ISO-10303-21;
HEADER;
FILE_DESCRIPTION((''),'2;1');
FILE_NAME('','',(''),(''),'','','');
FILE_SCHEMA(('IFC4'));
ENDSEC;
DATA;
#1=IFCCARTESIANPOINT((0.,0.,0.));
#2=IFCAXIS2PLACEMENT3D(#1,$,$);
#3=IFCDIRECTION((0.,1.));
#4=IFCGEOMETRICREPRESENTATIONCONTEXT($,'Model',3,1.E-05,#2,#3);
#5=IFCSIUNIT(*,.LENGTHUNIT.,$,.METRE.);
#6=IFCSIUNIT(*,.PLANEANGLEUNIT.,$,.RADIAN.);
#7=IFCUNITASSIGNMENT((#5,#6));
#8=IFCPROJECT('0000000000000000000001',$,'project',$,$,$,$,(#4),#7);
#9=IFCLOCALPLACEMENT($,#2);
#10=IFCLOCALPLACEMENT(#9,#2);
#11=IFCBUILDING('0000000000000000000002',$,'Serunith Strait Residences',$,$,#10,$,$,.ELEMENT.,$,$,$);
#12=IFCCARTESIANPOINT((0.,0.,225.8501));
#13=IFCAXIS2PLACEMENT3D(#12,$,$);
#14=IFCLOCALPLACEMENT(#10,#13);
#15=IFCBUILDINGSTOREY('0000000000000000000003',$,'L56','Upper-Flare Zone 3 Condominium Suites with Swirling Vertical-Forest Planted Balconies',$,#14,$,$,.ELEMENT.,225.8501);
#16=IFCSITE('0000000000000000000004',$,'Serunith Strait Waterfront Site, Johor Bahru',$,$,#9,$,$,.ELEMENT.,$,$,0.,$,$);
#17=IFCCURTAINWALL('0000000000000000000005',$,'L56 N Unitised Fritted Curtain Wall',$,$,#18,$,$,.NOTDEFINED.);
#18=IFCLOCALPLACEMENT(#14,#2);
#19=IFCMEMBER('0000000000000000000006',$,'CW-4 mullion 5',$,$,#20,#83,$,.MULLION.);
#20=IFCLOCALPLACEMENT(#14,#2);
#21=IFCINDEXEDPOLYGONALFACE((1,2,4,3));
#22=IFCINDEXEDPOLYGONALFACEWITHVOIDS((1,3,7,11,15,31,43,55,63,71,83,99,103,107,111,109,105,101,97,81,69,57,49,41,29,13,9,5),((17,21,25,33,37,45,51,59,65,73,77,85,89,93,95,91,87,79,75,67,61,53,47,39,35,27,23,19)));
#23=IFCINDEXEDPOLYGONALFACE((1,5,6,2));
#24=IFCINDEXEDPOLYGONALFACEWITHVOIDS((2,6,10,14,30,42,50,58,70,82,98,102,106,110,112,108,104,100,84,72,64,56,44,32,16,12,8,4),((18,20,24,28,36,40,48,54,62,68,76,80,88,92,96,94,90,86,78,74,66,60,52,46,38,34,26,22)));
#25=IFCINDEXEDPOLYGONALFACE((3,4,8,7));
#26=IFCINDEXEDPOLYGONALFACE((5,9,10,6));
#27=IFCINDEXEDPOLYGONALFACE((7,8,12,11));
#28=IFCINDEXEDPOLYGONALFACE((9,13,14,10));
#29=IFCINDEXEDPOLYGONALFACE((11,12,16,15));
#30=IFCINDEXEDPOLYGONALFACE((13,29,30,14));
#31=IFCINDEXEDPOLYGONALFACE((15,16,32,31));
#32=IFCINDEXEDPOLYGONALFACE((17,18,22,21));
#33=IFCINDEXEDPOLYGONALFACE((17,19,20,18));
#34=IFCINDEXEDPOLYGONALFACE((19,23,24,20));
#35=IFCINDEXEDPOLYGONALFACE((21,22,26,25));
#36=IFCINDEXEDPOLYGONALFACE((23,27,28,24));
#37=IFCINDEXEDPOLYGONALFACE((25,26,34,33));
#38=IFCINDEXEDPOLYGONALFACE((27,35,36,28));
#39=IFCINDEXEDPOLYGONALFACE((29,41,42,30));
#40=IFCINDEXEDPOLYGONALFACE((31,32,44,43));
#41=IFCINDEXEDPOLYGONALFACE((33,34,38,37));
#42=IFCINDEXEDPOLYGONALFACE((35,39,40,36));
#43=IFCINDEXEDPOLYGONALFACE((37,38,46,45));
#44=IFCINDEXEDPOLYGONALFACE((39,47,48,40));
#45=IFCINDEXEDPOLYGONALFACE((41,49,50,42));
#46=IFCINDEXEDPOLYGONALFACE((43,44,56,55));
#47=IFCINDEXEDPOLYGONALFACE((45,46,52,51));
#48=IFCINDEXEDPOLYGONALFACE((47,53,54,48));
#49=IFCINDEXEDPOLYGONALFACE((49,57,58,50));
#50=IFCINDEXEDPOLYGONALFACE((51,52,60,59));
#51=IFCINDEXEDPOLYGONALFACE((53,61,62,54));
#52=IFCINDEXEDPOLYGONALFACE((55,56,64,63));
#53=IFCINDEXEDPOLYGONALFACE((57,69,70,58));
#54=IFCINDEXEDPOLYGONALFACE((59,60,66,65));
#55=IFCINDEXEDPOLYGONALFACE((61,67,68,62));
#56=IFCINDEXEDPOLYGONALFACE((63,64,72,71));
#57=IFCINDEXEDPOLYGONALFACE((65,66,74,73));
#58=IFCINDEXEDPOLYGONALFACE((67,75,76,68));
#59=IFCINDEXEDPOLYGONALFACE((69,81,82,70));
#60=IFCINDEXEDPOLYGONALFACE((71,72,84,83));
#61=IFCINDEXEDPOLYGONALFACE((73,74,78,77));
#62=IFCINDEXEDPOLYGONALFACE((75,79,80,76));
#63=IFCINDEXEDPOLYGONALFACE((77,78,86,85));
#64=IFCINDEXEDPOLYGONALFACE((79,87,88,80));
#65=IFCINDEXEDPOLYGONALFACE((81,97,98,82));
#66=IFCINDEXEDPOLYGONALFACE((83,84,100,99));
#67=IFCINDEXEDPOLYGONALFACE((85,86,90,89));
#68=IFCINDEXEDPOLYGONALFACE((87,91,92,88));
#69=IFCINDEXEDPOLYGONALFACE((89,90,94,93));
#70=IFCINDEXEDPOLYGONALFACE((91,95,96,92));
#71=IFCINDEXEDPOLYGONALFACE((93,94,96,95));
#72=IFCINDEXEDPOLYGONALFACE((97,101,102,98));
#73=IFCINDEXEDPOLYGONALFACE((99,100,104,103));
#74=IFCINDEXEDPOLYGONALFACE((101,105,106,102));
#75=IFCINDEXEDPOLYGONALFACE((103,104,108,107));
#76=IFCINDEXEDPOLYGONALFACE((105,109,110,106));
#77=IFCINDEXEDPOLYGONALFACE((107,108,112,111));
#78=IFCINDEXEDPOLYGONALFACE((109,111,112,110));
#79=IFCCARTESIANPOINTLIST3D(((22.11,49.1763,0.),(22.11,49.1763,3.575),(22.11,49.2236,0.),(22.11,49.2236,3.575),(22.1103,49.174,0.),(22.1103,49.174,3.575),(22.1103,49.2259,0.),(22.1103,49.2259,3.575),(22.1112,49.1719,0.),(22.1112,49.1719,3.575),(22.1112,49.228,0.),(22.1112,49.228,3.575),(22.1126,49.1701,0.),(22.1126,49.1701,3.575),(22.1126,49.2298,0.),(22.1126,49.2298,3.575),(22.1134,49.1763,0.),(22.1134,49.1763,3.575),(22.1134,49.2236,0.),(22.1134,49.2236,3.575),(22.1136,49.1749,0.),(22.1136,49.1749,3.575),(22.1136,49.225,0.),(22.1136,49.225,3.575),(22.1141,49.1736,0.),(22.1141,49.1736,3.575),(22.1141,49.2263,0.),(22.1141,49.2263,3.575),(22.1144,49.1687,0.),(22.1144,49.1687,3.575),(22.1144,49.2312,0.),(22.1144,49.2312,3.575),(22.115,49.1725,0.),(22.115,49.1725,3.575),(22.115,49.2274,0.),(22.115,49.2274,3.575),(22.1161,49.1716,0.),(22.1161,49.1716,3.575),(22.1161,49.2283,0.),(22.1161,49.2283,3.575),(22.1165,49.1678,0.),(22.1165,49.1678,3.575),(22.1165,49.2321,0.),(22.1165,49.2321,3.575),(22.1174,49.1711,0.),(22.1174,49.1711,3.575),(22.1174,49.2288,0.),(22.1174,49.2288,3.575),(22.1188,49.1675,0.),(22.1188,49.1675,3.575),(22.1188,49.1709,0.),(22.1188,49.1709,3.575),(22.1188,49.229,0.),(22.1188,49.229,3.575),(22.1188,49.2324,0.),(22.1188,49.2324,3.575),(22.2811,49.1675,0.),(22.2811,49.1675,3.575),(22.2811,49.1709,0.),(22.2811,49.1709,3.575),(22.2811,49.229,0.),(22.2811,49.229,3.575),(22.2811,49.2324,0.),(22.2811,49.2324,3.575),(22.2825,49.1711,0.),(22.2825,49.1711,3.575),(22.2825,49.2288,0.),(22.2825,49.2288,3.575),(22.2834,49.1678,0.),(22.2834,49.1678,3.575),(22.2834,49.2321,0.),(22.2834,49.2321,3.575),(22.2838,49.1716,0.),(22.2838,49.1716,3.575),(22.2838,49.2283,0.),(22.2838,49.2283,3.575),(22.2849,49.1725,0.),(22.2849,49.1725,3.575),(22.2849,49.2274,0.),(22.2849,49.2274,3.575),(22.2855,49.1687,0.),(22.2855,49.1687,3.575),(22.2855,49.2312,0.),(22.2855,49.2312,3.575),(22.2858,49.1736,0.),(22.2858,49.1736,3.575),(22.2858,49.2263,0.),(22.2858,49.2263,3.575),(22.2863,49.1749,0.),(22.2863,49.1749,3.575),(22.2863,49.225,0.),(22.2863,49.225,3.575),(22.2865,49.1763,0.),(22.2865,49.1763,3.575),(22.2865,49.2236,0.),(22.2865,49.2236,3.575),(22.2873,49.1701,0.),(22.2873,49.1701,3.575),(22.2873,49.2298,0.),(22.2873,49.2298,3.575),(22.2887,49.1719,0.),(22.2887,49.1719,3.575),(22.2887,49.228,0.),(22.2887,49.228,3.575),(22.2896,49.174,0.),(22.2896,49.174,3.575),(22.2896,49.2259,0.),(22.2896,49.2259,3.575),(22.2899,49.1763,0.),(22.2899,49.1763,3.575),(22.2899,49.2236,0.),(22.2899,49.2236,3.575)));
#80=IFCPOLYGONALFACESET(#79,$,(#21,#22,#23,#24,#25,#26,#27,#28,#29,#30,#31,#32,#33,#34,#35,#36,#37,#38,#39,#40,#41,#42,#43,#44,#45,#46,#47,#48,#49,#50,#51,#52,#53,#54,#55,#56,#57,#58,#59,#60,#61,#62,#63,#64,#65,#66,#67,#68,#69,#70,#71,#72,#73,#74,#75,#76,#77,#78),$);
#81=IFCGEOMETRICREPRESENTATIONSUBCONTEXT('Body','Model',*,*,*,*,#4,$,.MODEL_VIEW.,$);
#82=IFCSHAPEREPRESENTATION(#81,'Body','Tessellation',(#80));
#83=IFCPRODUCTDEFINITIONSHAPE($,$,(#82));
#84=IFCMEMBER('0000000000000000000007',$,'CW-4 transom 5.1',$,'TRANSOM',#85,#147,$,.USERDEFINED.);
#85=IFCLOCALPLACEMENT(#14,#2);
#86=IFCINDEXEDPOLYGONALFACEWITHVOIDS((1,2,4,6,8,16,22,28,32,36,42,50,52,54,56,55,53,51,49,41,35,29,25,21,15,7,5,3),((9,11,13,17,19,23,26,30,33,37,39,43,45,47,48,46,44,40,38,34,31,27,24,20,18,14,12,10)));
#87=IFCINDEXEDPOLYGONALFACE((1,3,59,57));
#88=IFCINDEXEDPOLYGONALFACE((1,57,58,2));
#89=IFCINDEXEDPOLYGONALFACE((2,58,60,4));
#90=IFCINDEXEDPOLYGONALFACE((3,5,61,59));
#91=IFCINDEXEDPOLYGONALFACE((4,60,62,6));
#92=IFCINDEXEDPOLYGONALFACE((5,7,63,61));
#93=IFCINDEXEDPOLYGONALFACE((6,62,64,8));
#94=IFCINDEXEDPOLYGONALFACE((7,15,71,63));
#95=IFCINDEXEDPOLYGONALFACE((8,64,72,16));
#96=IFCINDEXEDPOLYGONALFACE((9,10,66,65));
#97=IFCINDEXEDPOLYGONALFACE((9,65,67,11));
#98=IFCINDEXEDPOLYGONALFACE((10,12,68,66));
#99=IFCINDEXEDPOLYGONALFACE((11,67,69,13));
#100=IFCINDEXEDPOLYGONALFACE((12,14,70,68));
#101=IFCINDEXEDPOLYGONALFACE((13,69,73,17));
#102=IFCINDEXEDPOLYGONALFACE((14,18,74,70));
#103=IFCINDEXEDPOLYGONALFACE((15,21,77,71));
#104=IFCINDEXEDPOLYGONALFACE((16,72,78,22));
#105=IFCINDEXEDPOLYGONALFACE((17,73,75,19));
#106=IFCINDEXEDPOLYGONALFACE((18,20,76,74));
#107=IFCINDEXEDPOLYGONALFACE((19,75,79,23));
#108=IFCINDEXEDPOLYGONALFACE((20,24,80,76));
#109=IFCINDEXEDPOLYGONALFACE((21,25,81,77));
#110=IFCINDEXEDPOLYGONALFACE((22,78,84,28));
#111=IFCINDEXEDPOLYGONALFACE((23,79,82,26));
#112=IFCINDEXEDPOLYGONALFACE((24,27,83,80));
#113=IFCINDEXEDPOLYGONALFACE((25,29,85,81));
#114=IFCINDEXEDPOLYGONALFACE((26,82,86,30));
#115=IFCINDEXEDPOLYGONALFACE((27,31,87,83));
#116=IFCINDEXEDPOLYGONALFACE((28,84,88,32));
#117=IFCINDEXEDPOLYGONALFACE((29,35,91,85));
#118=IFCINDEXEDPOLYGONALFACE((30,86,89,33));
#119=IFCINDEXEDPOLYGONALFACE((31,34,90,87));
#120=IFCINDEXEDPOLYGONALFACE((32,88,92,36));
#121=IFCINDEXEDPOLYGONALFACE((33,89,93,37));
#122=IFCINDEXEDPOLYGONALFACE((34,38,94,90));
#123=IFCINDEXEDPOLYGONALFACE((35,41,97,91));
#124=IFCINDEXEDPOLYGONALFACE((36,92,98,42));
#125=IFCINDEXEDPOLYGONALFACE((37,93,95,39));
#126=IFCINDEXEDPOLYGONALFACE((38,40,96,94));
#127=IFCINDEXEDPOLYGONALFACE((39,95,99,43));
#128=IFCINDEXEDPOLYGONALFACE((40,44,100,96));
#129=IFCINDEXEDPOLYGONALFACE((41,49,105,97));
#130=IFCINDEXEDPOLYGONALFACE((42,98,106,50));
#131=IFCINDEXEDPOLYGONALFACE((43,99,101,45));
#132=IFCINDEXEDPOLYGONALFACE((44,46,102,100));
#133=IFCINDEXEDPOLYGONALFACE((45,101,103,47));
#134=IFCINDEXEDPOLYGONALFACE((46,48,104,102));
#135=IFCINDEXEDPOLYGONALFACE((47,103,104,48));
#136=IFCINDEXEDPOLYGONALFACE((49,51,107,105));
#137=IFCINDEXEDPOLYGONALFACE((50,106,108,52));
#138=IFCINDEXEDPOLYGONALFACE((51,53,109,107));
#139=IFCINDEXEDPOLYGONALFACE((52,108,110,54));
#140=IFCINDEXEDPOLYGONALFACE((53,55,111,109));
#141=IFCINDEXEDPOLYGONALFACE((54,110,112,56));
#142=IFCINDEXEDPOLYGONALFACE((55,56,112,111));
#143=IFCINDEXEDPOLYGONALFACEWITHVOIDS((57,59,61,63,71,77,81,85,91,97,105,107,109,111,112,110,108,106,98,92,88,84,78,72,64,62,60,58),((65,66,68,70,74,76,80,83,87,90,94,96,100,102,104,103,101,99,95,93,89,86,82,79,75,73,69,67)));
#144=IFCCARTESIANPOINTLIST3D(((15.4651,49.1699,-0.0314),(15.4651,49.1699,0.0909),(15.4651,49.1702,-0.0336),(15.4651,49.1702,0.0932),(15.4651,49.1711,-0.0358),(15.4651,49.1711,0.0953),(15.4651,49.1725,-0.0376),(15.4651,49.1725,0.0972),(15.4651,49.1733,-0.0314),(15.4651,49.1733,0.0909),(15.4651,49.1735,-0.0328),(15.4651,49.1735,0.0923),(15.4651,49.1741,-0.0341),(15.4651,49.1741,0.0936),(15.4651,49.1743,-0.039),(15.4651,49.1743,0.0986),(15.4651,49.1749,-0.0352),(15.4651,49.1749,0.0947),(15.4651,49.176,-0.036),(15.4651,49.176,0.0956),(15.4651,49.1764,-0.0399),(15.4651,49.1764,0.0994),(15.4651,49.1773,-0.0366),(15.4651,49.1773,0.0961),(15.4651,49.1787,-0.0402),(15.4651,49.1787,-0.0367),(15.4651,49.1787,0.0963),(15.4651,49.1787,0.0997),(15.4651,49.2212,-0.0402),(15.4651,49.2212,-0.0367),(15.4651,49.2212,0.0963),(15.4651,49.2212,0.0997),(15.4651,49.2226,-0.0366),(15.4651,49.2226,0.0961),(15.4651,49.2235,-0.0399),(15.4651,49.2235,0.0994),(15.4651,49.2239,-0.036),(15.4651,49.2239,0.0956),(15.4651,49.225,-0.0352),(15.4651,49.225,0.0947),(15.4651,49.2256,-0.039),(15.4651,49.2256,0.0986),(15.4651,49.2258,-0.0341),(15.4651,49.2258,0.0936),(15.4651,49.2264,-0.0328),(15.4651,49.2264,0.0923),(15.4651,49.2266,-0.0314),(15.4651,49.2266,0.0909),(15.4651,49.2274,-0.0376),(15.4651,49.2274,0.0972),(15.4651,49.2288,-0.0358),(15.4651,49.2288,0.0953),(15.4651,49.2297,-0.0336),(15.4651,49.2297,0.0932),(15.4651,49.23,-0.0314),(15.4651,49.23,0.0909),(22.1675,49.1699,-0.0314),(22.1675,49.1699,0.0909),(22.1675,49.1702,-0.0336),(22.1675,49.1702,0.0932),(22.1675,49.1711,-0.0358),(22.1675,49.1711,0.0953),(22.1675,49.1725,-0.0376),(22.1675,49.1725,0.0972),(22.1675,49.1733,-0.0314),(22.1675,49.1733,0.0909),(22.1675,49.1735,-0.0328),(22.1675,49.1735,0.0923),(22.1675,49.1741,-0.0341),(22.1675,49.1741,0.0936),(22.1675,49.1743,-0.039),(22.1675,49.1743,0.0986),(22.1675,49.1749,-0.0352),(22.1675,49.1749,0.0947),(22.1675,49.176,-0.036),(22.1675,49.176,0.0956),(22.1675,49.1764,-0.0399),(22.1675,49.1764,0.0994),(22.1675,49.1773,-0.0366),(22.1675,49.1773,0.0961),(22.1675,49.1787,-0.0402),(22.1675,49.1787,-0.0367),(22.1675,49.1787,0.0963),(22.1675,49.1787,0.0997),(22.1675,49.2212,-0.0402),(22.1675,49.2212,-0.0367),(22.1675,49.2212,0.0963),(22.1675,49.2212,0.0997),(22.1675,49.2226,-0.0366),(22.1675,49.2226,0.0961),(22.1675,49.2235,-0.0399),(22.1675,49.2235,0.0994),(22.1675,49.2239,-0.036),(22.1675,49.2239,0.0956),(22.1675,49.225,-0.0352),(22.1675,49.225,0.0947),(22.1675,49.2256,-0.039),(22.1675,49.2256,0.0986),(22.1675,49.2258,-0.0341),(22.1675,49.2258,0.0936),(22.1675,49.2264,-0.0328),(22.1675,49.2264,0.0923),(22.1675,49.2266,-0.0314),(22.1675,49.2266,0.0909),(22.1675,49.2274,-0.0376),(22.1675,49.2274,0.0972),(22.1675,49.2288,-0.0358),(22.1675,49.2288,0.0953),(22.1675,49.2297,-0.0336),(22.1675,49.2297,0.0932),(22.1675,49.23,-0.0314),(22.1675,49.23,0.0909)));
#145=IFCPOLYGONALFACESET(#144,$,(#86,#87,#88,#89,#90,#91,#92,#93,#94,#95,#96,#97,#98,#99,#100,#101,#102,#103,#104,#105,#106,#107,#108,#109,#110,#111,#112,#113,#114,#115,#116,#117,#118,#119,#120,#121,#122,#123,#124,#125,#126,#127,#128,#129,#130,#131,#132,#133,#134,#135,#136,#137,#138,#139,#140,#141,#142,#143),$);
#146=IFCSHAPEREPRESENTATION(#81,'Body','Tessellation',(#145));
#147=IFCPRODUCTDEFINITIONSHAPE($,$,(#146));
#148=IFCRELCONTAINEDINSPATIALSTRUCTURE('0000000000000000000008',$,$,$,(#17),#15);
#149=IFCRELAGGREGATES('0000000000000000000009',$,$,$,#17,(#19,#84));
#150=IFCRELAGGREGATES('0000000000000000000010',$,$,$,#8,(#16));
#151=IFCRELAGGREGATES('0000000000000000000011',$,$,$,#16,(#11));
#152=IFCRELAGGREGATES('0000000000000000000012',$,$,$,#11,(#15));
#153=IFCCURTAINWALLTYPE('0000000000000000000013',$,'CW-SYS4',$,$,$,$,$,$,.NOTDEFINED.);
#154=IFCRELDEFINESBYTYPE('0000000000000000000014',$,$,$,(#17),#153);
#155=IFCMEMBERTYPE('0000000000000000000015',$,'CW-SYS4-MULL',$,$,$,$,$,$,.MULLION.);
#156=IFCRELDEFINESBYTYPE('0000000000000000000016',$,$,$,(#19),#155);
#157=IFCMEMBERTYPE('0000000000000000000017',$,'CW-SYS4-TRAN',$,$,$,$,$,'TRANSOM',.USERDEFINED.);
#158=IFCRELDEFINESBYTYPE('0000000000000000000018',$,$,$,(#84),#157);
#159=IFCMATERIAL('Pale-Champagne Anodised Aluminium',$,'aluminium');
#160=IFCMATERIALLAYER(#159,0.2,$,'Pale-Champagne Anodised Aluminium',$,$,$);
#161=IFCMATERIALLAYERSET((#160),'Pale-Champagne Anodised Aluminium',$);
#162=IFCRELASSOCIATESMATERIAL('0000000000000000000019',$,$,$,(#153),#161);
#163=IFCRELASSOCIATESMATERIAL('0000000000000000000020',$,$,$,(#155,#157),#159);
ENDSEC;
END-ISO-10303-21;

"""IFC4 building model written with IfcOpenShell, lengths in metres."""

from ifc_helpers import new_model, si_unit, direction, frame, origin, origin_2d, place, context, subcontext, project, spatial, hollow_rectangle, extrude, source, transform, mapped, material, layer, layer_set, material_profile, profile_set, type_object, element, aggregate, save


model = new_model("IFC4")

# Units and contexts
model_context = context("Model", 3, precision=1e-05, world=origin(), true_north=direction((0.0, 1.0)))
body_context = subcontext(model_context, "Body", "Model", "MODEL_VIEW")
ifc_project = project(units=[si_unit("LENGTHUNIT", "METRE"), si_unit("PLANEANGLEUNIT", "RADIAN")], contexts=[model_context])

# Site, building, storey
site_placement = place(None, origin())
site = spatial("IfcSite", under=ifc_project, at=site_placement, Name="Serunith Strait Waterfront Site, Johor Bahru", CompositionType="ELEMENT", RefElevation=0.0)
building_placement = place(site_placement, origin())
building = spatial("IfcBuilding", under=site, at=building_placement, Name="Serunith Strait Residences", CompositionType="ELEMENT")
storey_placement = place(building_placement, frame((0.0, 0.0, 225.8501)))
storey = spatial("IfcBuildingStorey", under=building, at=storey_placement, Name="L56", Description="Upper-Flare Zone 3 Condominium Suites with Swirling Vertical-Forest Planted Balconies", CompositionType="ELEMENT", Elevation=225.8501)

# Curtain wall, members
ifc_material_1 = material(Name="Pale-Champagne Anodised Aluminium", Category="aluminium")
ifc_layer_1 = layer(ifc_material_1, 0.2, Name="Pale-Champagne Anodised Aluminium")
ifc_layer_set_1 = layer_set([ifc_layer_1], Name="Pale-Champagne Anodised Aluminium")
curtain_wall_type = type_object("IfcCurtainWallType", Name="CW-SYS4", PredefinedType="NOTDEFINED", material=ifc_layer_set_1)
curtain_wall_placement = place(storey_placement, origin())
curtain_wall = element("IfcCurtainWall", 1, at=curtain_wall_placement, inside=storey, type_object=curtain_wall_type, Name="L56 N Unitised Fritted Curtain Wall", PredefinedType="NOTDEFINED")
ifc_material_profile_1 = material_profile(ifc_material_1, hollow_rectangle(XDim=0.0649, YDim=0.1799, WallThickness=0.0034, InnerFilletRadius=0.0054, OuterFilletRadius=0.0088, at=origin_2d()), Name="ALU 180x65x3.5")
ifc_profile_set_1 = profile_set([ifc_material_profile_1], Name="Pale-Champagne Anodised Aluminium")
member_type_1 = type_object("IfcMemberType", Name="CW-SYS4-MULL", PredefinedType="MULLION", material=ifc_profile_set_1)
shared_shape_1 = source(origin(), body_context, "Body", "SweptSolid", [
    extrude(hollow_rectangle(XDim=0.0649, YDim=0.1799, WallThickness=0.0034, InnerFilletRadius=0.0054, OuterFilletRadius=0.0088, at=origin_2d()), origin(), (0.0, 0.0, 1.0), 3.575),
])
member_1_placement = place(storey_placement, frame((22.2, 49.2, 0.0), z_axis=(0.0, 0.0, 1.0), x_axis=(0.0, -1.0, 0.0)))
member_1 = element("IfcMember", 2, at=member_1_placement, type_object=member_type_1, Name="CW-4 mullion 5", PredefinedType="MULLION", context=body_context, shape_type="MappedRepresentation", body=[
    mapped(shared_shape_1, transform((0.0, 0.0, 0.0), scale=1.0)),
])
ifc_material_profile_2 = material_profile(ifc_material_1, hollow_rectangle(XDim=0.0601, YDim=0.1399, WallThickness=0.0034, InnerFilletRadius=0.0054, OuterFilletRadius=0.0088, at=origin_2d()), Name="ALU 140x60x3.5")
ifc_profile_set_2 = profile_set([ifc_material_profile_2], Name="Pale-Champagne Anodised Aluminium")
member_type_2 = type_object("IfcMemberType", Name="CW-SYS4-TRAN", ElementType="TRANSOM", PredefinedType="USERDEFINED", material=ifc_profile_set_2)
shared_shape_2 = source(origin(), body_context, "Body", "SweptSolid", [
    extrude(hollow_rectangle(XDim=0.0601, YDim=0.1399, WallThickness=0.0034, InnerFilletRadius=0.0054, OuterFilletRadius=0.0088, at=origin_2d()), origin(), (0.0, 0.0, 1.0), 6.7024),
])
member_2_placement = place(storey_placement, frame((22.1675, 49.2, 0.0298), z_axis=(-1.0, 0.0, 0.0), x_axis=(0.0, -1.0, 0.0)))
member_2 = element("IfcMember", 3, at=member_2_placement, type_object=member_type_2, Name="CW-4 transom 5.1", ObjectType="TRANSOM", PredefinedType="USERDEFINED", context=body_context, shape_type="MappedRepresentation", body=[
    mapped(shared_shape_2, transform((0.0, 0.0, 0.0), scale=1.0)),
])
aggregate(curtain_wall, [member_1, member_2])

save(model, "model.ifc")
